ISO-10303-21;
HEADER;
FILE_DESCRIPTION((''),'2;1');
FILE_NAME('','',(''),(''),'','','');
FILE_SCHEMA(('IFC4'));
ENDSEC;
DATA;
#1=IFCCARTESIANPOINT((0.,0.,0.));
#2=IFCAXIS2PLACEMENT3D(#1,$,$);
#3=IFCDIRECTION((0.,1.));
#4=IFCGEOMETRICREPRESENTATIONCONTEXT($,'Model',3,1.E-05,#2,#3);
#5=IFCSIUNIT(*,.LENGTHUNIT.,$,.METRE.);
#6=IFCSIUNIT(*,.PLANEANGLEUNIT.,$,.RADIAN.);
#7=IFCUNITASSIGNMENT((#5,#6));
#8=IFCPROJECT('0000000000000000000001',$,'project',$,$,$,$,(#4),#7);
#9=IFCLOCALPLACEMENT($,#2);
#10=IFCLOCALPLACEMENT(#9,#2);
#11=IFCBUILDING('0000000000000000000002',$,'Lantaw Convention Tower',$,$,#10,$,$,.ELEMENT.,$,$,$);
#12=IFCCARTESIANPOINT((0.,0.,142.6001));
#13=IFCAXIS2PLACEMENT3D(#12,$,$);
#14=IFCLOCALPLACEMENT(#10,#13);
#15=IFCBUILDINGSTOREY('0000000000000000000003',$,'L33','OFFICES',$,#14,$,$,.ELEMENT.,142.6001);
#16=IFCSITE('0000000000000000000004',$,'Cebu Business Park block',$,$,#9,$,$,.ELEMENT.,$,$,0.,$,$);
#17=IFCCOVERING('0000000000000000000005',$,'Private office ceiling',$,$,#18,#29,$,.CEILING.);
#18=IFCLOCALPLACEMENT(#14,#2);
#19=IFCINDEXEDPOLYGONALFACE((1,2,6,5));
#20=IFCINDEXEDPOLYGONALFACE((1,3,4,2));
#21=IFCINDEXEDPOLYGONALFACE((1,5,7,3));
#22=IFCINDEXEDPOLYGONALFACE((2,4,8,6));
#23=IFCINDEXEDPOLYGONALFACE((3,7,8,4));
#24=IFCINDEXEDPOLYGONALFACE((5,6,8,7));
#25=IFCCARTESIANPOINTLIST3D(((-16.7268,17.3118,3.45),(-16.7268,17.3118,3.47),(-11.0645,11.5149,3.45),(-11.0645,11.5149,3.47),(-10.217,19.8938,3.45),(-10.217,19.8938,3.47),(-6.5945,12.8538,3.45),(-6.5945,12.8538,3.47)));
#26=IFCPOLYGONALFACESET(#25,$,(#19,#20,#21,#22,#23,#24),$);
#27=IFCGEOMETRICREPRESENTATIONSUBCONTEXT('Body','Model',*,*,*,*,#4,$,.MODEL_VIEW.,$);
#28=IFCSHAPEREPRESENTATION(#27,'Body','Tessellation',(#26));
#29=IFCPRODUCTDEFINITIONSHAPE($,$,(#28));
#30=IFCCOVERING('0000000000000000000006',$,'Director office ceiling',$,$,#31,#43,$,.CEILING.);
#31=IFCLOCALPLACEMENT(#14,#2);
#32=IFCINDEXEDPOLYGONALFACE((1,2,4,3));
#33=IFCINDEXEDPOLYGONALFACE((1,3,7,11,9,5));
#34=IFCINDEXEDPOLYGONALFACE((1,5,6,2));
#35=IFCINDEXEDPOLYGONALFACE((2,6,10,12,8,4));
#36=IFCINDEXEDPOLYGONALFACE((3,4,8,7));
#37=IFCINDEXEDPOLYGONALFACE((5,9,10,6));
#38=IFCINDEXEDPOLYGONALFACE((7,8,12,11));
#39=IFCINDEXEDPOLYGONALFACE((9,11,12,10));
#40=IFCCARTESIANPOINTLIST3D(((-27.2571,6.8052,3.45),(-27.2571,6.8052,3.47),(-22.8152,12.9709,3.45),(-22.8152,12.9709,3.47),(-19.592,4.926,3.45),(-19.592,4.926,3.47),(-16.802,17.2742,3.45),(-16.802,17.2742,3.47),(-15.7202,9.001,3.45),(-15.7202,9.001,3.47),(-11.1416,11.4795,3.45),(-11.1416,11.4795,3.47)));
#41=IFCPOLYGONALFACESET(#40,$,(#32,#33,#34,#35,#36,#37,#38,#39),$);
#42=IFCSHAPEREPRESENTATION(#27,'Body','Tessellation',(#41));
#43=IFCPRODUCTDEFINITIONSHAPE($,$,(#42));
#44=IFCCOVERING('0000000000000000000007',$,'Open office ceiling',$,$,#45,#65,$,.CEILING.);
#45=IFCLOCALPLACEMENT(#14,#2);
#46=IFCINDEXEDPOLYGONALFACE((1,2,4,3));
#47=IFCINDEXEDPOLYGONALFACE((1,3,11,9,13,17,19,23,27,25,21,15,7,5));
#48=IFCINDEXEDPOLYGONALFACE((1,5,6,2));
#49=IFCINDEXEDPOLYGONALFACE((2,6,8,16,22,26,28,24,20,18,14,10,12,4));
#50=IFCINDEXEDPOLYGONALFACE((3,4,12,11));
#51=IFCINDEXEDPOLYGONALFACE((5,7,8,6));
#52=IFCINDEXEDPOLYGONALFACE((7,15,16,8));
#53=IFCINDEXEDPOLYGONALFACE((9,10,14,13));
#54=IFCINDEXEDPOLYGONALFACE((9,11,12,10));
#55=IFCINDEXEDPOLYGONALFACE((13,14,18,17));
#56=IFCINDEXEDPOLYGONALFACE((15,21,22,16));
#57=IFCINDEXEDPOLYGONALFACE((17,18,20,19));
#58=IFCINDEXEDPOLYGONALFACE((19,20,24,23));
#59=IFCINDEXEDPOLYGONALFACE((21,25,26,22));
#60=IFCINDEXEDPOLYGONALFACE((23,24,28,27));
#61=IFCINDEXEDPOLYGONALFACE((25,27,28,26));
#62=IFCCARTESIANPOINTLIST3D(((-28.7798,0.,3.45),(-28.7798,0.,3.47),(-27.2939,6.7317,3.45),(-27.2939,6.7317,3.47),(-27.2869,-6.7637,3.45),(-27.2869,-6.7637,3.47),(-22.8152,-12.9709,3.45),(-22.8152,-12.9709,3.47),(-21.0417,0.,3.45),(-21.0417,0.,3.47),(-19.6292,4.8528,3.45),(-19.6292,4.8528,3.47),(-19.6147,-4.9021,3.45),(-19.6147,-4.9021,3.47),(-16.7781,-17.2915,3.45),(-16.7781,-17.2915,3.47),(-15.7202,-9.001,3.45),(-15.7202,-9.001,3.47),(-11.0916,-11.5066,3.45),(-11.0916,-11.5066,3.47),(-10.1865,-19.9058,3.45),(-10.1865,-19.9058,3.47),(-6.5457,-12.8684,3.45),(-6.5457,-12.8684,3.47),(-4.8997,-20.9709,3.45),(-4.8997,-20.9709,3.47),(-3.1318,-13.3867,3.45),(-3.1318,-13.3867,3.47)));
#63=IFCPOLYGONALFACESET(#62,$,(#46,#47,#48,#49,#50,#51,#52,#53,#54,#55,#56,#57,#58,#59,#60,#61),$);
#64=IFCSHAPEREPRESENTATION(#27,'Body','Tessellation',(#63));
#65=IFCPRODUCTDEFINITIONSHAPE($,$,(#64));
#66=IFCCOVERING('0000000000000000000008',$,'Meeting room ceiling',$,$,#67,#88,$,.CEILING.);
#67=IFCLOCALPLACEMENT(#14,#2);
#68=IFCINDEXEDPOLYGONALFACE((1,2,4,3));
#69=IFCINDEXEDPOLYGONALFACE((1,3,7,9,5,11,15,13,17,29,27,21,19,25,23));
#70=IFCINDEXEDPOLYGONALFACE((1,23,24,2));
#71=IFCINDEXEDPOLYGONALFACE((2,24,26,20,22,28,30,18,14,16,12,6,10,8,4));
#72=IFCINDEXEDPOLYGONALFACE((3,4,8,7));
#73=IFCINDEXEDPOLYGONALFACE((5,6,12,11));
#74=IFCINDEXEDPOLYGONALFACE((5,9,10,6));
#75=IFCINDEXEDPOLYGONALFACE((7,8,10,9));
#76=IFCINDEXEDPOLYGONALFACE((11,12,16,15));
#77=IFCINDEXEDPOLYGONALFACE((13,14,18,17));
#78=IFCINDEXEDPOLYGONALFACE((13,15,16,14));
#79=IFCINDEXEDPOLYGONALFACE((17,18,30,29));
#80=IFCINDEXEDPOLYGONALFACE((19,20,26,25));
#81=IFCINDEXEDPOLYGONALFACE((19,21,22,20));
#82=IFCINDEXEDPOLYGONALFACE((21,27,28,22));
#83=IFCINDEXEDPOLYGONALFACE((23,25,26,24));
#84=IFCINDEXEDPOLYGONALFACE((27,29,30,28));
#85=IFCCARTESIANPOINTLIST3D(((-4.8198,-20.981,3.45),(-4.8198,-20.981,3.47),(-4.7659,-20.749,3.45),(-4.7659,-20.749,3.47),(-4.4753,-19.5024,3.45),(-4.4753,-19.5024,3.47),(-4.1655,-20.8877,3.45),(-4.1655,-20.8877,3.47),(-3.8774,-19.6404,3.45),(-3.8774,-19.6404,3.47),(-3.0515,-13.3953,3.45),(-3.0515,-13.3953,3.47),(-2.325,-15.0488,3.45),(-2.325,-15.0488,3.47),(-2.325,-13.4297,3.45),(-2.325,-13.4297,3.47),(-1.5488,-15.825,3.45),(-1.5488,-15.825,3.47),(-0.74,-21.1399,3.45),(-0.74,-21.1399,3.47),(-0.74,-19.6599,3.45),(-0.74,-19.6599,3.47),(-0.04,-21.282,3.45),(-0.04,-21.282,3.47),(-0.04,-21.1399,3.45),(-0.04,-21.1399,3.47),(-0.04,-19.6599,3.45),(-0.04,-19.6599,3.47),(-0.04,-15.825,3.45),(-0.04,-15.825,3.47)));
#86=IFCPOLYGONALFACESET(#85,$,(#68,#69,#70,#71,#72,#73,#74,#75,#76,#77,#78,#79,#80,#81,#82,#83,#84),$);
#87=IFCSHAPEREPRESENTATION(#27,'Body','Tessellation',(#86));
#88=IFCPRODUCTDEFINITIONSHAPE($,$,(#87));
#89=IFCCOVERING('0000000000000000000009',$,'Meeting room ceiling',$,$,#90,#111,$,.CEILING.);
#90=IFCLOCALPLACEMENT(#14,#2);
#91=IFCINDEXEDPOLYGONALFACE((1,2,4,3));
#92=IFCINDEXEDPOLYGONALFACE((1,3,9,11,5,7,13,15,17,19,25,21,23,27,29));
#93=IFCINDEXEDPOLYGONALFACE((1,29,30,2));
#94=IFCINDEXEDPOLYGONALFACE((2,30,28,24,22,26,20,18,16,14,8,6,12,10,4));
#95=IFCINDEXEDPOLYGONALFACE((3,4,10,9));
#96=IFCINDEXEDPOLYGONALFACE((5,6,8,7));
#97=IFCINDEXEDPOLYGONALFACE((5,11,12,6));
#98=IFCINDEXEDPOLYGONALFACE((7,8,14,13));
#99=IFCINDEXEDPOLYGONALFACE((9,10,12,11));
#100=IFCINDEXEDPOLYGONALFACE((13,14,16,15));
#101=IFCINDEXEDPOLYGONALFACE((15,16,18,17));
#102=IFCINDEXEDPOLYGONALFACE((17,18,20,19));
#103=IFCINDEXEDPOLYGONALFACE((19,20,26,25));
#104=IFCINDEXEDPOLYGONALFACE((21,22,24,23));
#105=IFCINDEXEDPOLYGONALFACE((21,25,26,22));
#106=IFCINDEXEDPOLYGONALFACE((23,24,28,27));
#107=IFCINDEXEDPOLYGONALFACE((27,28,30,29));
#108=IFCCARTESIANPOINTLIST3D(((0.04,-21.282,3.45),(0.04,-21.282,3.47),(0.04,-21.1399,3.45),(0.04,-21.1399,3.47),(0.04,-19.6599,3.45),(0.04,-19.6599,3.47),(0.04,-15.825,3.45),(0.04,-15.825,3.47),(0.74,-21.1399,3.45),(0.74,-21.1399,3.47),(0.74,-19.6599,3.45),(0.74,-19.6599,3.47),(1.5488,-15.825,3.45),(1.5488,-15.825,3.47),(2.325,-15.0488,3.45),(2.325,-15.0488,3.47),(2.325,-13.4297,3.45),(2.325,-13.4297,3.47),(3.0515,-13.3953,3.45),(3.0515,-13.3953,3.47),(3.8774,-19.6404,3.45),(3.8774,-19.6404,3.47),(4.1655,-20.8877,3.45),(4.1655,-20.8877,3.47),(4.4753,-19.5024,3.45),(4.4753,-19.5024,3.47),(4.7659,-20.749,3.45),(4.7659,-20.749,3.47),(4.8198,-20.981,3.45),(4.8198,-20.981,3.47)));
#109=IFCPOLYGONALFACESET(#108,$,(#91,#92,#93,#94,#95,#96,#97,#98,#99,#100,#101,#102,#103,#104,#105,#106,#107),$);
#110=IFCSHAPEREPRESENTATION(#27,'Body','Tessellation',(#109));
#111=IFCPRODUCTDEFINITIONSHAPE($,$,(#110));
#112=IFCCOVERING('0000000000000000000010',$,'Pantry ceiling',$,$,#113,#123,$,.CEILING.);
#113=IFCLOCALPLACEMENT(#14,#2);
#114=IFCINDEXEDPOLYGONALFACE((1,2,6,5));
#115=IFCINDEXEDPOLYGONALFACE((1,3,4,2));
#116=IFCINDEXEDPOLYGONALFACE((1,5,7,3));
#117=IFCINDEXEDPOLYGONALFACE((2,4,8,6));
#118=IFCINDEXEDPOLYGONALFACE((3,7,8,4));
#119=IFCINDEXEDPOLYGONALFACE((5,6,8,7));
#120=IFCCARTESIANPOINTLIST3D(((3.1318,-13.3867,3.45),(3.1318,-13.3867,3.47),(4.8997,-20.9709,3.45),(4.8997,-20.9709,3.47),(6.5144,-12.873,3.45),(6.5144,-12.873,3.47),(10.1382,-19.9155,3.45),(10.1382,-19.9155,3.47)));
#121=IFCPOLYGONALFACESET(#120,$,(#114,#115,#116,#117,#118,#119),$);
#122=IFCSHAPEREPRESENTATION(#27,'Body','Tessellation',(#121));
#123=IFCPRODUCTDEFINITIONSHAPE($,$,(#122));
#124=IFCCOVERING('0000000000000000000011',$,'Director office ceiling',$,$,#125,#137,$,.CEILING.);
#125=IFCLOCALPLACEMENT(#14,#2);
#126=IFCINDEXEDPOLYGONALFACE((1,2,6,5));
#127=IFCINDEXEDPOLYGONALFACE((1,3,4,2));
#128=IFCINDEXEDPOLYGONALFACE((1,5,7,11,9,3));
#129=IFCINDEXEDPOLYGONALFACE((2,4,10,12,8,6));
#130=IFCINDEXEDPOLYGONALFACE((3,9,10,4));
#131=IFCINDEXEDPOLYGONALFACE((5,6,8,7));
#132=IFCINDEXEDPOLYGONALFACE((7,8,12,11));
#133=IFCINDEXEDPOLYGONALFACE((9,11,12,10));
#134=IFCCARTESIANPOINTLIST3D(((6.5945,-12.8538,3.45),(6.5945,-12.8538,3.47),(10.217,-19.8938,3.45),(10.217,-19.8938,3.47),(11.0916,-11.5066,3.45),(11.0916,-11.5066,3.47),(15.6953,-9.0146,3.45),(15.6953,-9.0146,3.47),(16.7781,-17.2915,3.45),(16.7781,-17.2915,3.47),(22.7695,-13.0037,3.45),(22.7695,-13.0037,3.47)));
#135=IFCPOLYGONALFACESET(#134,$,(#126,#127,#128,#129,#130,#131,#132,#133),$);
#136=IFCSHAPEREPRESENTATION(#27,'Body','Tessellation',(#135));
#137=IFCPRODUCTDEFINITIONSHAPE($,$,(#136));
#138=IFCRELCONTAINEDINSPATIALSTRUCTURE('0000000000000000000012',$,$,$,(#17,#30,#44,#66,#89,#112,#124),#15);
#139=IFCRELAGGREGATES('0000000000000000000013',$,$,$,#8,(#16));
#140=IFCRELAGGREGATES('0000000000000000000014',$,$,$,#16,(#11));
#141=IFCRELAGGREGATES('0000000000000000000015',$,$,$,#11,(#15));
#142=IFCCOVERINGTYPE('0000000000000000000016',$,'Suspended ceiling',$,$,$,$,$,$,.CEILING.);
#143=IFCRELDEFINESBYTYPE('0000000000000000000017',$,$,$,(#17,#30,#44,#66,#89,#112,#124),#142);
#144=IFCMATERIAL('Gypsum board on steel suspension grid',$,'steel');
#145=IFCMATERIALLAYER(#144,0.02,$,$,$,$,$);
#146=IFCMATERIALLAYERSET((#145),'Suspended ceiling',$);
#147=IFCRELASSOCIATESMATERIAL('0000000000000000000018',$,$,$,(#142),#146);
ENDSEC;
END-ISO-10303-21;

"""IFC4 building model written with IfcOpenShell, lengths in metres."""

from ifc_helpers import new_model, si_unit, direction, frame, origin, place, context, subcontext, project, spatial, polyline, outline, extrude, material, layer, layer_set, type_object, element, save


model = new_model("IFC4")

# Units and contexts
model_context = context("Model", 3, precision=1e-05, world=origin(), true_north=direction((0.0, 1.0)))
body_context = subcontext(model_context, "Body", "Model", "MODEL_VIEW")
ifc_project = project(units=[si_unit("LENGTHUNIT", "METRE"), si_unit("PLANEANGLEUNIT", "RADIAN")], contexts=[model_context])

# Site, building, storey
site_placement = place(None, origin())
site = spatial("IfcSite", under=ifc_project, at=site_placement, Name="Cebu Business Park block", CompositionType="ELEMENT", RefElevation=0.0)
building_placement = place(site_placement, origin())
building = spatial("IfcBuilding", under=site, at=building_placement, Name="Lantaw Convention Tower", CompositionType="ELEMENT")
storey_placement = place(building_placement, frame((0.0, 0.0, 142.6001)))
storey = spatial("IfcBuildingStorey", under=building, at=storey_placement, Name="L33", Description="OFFICES", CompositionType="ELEMENT", Elevation=142.6001)

# Coverings
ifc_material_1 = material(Name="Gypsum board on steel suspension grid", Category="steel")
ifc_layer_1 = layer(ifc_material_1, 0.02)
ifc_layer_set_1 = layer_set([ifc_layer_1], Name="Suspended ceiling")
covering_type = type_object("IfcCoveringType", Name="Suspended ceiling", PredefinedType="CEILING", material=ifc_layer_set_1)
covering_1_placement = place(storey_placement, frame((0.0, 0.0, 3.45)))
element("IfcCovering", 1, at=covering_1_placement, inside=storey, type_object=covering_type, Name="Private office ceiling", PredefinedType="CEILING", context=body_context, shape_type="SweptSolid", body=[
    extrude(outline(polyline([(-6.5945, 12.8538), (-10.217, 19.8938), (-16.7268, 17.3118), (-11.0645, 11.5149), (-6.5945, 12.8538)])), origin(), (0.0, 0.0, 1.0), 0.02),
])
covering_2_placement = place(storey_placement, frame((0.0, 0.0, 3.45)))
element("IfcCovering", 2, at=covering_2_placement, inside=storey, type_object=covering_type, Name="Director office ceiling", PredefinedType="CEILING", context=body_context, shape_type="SweptSolid", body=[
    extrude(outline(polyline([(-11.1416, 11.4795), (-16.802, 17.2742), (-22.8152, 12.9709), (-27.2571, 6.8052), (-19.592, 4.926), (-15.7202, 9.001), (-11.1416, 11.4795)])), origin(), (0.0, 0.0, 1.0), 0.02),
])
covering_3_placement = place(storey_placement, frame((0.0, 0.0, 3.45)))
element("IfcCovering", 3, at=covering_3_placement, inside=storey, type_object=covering_type, Name="Open office ceiling", PredefinedType="CEILING", context=body_context, shape_type="SweptSolid", body=[
    extrude(outline(polyline([(-19.6292, 4.8528), (-27.2939, 6.7317), (-28.7798, 0.0), (-27.2869, -6.7637), (-22.8152, -12.9709), (-16.7781, -17.2915), (-10.1865, -19.9058), (-4.8997, -20.9709), (-3.1318, -13.3867), (-6.5457, -12.8684), (-11.0916, -11.5066), (-15.7202, -9.001), (-19.6147, -4.9021), (-21.0417, 0.0), (-19.6292, 4.8528)])), origin(), (0.0, 0.0, 1.0), 0.02),
])
covering_4_placement = place(storey_placement, frame((0.0, 0.0, 3.45)))
element("IfcCovering", 4, at=covering_4_placement, inside=storey, type_object=covering_type, Name="Meeting room ceiling", PredefinedType="CEILING", context=body_context, shape_type="SweptSolid", body=[
    extrude(outline(polyline([(-2.325, -15.0488), (-2.325, -13.4297), (-3.0515, -13.3953), (-4.4753, -19.5024), (-3.8774, -19.6404), (-4.1655, -20.8877), (-4.7659, -20.749), (-4.8198, -20.981), (-0.04, -21.282), (-0.04, -21.1399), (-0.74, -21.1399), (-0.74, -19.6599), (-0.04, -19.6599), (-0.04, -15.825), (-1.5488, -15.825), (-2.325, -15.0488)])), origin(), (0.0, 0.0, 1.0), 0.02),
])
covering_5_placement = place(storey_placement, frame((0.0, 0.0, 3.45)))
element("IfcCovering", 5, at=covering_5_placement, inside=storey, type_object=covering_type, Name="Meeting room ceiling", PredefinedType="CEILING", context=body_context, shape_type="SweptSolid", body=[
    extrude(outline(polyline([(4.4753, -19.5024), (3.0515, -13.3953), (2.325, -13.4297), (2.325, -15.0488), (1.5488, -15.825), (0.04, -15.825), (0.04, -19.6599), (0.74, -19.6599), (0.74, -21.1399), (0.04, -21.1399), (0.04, -21.282), (4.8198, -20.981), (4.7659, -20.749), (4.1655, -20.8877), (3.8774, -19.6404), (4.4753, -19.5024)])), origin(), (0.0, 0.0, 1.0), 0.02),
])
covering_6_placement = place(storey_placement, frame((0.0, 0.0, 3.45)))
element("IfcCovering", 6, at=covering_6_placement, inside=storey, type_object=covering_type, Name="Pantry ceiling", PredefinedType="CEILING", context=body_context, shape_type="SweptSolid", body=[
    extrude(outline(polyline([(3.1318, -13.3867), (4.8997, -20.9709), (10.1382, -19.9155), (6.5144, -12.873), (3.1318, -13.3867)])), origin(), (0.0, 0.0, 1.0), 0.02),
])
covering_7_placement = place(storey_placement, frame((0.0, 0.0, 3.45)))
element("IfcCovering", 7, at=covering_7_placement, inside=storey, type_object=covering_type, Name="Director office ceiling", PredefinedType="CEILING", context=body_context, shape_type="SweptSolid", body=[
    extrude(outline(polyline([(6.5945, -12.8538), (10.217, -19.8938), (16.7781, -17.2915), (22.7695, -13.0037), (15.6953, -9.0146), (11.0916, -11.5066), (6.5945, -12.8538)])), origin(), (0.0, 0.0, 1.0), 0.02),
])

save(model, "model.ifc")
